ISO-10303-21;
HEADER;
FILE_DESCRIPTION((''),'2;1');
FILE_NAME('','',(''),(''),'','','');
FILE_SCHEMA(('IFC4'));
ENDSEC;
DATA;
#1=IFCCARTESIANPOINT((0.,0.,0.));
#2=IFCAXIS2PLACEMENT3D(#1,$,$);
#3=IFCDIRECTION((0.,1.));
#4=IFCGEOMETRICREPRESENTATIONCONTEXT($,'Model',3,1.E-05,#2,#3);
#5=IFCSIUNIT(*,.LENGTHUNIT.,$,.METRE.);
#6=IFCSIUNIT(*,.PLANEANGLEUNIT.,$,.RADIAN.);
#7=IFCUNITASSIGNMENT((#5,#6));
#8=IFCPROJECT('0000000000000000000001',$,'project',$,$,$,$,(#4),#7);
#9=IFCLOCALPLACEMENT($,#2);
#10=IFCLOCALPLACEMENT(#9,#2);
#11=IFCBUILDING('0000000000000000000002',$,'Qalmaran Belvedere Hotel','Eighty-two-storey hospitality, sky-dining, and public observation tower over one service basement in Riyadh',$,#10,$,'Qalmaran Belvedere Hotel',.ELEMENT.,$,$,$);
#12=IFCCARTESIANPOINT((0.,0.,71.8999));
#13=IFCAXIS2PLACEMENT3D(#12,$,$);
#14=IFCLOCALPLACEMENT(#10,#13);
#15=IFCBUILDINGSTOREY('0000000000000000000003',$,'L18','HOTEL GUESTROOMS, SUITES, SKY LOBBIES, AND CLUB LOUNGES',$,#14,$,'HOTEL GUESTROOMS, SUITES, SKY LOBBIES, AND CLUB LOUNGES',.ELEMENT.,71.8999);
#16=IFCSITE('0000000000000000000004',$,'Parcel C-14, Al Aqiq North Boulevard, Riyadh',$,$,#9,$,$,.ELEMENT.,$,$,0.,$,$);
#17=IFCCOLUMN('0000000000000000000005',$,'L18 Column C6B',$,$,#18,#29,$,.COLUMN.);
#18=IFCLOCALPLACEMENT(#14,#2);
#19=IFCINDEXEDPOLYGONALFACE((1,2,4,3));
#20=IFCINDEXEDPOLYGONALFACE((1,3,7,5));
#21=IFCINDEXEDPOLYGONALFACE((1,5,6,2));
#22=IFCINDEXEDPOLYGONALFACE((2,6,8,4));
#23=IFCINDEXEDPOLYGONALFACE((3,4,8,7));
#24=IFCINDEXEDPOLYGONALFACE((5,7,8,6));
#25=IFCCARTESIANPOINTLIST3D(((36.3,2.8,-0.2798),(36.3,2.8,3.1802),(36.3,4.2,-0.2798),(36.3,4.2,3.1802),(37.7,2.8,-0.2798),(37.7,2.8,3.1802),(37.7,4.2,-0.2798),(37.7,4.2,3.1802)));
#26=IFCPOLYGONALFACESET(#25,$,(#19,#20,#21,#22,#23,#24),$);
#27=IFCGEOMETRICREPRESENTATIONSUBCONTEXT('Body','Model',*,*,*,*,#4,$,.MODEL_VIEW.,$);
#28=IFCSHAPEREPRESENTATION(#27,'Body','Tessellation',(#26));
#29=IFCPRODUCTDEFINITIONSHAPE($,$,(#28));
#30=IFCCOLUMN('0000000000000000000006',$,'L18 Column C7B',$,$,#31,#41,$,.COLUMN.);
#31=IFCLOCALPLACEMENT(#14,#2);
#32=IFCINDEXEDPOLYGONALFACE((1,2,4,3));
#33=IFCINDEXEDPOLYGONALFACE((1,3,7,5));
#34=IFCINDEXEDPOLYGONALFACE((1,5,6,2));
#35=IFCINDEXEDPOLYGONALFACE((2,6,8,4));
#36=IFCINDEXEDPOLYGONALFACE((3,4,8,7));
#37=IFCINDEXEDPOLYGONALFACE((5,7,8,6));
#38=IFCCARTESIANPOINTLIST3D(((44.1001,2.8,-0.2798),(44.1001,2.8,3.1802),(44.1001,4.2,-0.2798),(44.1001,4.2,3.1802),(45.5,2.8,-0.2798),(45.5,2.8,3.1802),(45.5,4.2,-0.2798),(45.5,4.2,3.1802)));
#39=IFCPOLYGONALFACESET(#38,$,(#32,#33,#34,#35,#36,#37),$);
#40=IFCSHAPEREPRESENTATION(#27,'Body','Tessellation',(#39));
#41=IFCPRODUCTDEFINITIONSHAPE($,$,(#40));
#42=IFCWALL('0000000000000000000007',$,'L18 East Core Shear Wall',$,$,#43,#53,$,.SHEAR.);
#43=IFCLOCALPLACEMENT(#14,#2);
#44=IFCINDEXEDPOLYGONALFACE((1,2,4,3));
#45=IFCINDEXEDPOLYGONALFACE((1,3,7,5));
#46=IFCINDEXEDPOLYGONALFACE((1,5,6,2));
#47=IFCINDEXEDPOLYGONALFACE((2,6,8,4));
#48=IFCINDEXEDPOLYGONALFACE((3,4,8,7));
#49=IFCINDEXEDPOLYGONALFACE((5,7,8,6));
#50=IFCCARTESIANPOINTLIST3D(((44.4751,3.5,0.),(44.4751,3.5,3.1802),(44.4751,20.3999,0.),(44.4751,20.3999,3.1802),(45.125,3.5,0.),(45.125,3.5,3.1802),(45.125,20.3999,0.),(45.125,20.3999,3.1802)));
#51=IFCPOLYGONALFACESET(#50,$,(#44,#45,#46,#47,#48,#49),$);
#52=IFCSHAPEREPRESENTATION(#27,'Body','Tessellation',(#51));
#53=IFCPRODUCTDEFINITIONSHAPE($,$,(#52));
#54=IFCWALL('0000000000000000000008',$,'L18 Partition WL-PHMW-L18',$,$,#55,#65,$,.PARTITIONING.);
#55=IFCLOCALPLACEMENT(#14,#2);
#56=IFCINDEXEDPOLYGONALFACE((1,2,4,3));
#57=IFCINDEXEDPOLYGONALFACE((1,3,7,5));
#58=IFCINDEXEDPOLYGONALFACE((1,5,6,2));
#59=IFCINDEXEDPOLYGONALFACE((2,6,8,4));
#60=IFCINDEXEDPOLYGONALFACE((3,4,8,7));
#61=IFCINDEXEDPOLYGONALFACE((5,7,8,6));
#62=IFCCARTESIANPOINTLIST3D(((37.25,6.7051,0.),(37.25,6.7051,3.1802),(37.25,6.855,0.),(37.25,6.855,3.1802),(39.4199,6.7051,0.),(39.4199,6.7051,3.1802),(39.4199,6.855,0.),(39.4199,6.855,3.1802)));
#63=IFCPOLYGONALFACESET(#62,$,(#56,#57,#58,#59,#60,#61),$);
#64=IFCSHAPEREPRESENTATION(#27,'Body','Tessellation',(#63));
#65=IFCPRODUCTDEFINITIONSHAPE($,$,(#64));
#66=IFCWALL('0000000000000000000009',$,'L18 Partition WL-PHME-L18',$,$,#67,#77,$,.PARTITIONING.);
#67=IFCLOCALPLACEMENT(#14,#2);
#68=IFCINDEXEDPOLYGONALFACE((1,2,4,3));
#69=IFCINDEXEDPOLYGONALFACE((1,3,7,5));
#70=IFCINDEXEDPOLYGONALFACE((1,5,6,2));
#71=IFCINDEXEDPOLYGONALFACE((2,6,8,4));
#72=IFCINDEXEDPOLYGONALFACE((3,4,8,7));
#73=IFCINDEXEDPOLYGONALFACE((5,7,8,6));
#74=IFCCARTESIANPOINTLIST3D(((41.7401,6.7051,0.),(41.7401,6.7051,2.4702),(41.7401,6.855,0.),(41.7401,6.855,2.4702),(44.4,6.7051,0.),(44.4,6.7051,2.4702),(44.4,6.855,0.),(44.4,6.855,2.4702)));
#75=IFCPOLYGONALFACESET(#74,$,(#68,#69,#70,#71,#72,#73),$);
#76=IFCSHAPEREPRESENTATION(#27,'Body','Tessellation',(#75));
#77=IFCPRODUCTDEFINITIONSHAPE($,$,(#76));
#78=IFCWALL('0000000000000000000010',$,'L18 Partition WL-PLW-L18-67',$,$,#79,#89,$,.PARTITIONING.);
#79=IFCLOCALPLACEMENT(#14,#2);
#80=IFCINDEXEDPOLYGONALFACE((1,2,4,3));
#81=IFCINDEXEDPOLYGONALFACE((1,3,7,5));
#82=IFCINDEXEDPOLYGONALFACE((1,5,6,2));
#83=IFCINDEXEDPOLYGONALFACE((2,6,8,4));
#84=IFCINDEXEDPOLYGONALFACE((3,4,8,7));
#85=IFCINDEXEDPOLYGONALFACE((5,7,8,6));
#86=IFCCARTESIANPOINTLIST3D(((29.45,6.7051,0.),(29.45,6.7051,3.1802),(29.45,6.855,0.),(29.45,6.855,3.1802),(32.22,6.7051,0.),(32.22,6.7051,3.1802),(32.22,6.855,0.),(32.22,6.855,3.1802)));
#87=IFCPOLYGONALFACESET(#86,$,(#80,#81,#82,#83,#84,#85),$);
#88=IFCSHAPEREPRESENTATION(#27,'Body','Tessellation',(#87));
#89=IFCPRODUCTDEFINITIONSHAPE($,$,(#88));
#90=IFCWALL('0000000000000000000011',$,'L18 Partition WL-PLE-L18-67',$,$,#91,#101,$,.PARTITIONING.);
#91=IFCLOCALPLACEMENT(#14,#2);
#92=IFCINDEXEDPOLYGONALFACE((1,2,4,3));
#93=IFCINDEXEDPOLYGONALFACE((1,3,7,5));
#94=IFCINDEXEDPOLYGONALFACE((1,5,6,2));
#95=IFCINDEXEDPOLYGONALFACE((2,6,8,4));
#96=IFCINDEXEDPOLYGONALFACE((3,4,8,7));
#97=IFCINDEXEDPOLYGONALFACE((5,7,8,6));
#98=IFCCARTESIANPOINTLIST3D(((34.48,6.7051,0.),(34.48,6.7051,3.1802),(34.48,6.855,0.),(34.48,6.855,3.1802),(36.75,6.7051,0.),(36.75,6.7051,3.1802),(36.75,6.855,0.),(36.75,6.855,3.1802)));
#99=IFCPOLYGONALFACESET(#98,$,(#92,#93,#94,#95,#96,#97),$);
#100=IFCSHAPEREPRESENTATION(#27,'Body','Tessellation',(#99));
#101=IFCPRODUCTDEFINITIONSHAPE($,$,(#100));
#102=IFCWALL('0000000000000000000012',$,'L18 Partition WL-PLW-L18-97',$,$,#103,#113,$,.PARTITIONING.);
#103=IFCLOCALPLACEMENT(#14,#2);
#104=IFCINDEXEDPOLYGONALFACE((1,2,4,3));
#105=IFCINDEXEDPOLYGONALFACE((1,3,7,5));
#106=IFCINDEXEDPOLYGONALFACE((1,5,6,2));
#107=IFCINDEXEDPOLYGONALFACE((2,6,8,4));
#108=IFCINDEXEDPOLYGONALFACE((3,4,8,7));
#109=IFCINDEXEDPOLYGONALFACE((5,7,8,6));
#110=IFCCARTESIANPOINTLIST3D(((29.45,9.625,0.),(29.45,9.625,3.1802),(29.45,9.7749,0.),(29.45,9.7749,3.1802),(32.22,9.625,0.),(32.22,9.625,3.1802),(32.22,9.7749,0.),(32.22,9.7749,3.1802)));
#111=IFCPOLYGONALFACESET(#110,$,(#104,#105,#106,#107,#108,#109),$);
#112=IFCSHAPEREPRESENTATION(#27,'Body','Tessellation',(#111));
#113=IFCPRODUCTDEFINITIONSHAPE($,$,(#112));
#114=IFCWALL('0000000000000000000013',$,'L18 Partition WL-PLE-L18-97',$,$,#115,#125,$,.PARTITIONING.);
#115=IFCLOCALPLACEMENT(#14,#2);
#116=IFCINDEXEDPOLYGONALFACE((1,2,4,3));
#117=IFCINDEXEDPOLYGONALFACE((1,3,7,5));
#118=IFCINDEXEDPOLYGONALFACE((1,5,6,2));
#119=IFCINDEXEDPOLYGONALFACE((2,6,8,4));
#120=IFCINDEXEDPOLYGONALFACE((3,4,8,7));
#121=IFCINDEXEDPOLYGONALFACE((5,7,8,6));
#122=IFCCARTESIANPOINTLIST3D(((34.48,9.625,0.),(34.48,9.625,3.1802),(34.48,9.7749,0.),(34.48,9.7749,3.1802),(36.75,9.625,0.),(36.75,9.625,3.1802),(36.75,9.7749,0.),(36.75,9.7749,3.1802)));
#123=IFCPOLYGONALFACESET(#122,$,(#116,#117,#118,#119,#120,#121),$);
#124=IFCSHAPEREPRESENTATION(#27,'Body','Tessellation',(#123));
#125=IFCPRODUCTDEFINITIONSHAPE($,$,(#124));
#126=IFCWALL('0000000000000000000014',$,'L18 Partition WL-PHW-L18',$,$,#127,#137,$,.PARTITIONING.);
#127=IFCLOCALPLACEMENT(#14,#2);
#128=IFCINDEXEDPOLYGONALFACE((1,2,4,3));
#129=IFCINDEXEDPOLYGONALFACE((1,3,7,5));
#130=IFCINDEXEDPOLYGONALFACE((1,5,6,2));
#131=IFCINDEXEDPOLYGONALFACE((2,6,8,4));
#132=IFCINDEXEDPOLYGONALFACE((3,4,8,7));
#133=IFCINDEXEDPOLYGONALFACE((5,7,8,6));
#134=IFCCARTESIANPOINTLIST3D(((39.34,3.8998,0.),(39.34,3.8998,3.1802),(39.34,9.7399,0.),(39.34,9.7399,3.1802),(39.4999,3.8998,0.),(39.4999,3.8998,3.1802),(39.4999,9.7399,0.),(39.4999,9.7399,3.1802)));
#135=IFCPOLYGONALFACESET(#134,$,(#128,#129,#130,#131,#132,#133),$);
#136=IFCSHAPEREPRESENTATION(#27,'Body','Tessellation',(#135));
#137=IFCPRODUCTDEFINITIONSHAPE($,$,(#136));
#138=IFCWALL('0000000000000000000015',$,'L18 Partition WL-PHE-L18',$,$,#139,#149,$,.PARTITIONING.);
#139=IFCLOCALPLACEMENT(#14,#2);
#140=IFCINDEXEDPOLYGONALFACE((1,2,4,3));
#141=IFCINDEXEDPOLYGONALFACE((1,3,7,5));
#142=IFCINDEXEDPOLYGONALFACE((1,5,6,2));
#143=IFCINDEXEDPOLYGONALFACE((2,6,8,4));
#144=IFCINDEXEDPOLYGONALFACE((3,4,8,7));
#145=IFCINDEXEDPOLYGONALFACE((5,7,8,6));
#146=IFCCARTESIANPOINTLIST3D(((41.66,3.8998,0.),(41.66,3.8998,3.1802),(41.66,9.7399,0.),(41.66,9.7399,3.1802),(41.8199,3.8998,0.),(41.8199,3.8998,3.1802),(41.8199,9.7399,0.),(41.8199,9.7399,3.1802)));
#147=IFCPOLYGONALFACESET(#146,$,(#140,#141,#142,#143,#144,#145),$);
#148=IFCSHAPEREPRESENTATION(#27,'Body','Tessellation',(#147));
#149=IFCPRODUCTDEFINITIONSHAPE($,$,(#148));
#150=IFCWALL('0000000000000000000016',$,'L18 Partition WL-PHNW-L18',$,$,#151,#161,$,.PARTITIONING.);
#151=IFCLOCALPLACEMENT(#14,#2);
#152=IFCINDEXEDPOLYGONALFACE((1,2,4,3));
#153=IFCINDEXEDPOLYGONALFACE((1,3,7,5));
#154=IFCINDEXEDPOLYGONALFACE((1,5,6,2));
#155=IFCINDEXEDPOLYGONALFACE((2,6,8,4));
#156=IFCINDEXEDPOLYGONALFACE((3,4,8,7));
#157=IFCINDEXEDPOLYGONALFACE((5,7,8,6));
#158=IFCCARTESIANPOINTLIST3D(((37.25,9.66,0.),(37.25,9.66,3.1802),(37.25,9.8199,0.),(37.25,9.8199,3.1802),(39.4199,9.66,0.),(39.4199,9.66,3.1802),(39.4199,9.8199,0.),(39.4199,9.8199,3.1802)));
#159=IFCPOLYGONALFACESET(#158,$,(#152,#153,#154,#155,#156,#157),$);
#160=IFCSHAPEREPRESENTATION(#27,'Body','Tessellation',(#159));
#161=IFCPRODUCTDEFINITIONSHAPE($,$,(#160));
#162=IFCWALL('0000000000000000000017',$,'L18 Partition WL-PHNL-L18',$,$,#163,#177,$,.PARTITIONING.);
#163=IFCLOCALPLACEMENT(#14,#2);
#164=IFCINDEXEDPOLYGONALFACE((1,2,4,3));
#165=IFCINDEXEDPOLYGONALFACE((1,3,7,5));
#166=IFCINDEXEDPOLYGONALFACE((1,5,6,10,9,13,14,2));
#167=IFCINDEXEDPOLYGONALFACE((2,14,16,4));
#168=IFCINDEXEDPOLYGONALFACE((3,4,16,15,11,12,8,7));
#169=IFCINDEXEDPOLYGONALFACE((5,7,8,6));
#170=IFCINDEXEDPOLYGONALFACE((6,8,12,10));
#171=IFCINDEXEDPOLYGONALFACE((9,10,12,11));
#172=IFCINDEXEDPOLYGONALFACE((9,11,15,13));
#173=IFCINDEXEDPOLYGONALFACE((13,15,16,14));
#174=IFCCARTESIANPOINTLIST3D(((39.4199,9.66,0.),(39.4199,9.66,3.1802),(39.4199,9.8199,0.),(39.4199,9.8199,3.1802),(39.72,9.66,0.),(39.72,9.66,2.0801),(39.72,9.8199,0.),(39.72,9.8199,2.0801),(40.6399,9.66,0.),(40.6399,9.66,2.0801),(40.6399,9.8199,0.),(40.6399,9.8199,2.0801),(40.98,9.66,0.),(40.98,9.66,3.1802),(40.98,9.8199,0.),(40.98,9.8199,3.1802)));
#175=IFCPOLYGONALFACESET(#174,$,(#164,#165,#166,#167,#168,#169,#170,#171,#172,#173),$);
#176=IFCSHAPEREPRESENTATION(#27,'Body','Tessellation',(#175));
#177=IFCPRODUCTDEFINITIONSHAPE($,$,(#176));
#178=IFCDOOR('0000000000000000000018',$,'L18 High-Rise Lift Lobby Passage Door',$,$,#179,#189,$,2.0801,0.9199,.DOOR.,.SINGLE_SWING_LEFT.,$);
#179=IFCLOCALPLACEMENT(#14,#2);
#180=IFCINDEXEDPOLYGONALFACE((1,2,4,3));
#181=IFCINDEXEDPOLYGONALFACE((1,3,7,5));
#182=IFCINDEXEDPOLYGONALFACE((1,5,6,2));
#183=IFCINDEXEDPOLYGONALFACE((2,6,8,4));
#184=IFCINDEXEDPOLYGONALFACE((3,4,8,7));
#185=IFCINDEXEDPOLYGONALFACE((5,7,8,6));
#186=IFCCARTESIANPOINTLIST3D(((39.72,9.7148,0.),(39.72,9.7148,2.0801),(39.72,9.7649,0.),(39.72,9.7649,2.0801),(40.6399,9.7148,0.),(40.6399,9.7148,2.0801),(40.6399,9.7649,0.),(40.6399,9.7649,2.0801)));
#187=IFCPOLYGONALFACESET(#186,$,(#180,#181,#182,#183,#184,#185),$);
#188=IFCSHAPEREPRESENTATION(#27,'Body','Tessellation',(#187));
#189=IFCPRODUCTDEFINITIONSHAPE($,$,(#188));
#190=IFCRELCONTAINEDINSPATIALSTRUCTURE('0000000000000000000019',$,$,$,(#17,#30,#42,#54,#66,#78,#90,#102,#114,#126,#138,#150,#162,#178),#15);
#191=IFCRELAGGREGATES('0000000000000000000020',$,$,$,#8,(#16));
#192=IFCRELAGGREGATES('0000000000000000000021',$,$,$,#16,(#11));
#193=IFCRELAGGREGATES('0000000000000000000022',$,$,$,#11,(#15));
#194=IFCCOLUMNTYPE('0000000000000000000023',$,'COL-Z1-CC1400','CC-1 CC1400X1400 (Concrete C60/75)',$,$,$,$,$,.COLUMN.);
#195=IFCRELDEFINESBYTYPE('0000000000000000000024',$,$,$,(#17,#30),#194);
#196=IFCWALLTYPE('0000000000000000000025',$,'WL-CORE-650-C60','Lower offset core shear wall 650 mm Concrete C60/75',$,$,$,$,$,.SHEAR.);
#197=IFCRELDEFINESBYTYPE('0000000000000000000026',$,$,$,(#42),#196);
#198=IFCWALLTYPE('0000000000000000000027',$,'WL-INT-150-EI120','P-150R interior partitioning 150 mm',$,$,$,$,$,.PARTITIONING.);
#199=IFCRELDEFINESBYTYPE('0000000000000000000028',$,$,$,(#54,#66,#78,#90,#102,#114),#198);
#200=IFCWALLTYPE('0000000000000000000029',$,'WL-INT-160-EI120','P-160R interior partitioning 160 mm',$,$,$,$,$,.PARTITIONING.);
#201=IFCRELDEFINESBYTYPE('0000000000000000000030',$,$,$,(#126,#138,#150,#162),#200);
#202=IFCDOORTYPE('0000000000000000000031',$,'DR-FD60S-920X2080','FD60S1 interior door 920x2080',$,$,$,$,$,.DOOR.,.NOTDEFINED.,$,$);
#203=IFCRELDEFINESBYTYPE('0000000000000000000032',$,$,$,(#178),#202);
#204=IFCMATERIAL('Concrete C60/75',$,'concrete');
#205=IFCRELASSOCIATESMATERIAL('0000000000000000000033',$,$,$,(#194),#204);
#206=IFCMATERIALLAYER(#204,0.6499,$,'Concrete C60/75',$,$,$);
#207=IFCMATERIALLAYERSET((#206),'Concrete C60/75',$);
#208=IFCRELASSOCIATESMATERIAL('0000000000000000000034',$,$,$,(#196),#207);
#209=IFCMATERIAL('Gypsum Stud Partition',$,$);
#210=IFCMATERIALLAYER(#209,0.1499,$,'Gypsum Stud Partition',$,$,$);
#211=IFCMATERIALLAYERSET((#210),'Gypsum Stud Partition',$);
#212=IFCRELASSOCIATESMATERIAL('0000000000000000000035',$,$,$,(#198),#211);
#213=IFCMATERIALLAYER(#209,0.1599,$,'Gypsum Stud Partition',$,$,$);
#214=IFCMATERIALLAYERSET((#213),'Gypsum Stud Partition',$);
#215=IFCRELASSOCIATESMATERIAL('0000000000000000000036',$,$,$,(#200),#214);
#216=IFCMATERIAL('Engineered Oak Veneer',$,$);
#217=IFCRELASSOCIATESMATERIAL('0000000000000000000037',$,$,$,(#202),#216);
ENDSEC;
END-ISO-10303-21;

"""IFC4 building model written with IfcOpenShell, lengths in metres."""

from ifc_helpers import new_model, si_unit, direction, frame, frame_2d, origin, origin_2d, place, context, subcontext, project, spatial, rectangle, extrude, material, layer, layer_set, material_profile, profile_set, type_object, element, fill, save


model = new_model("IFC4")

# Units and contexts
model_context = context("Model", 3, precision=1e-05, world=origin(), true_north=direction((0.0, 1.0)))
body_context = subcontext(model_context, "Body", "Model", "MODEL_VIEW")
ifc_project = project(units=[si_unit("LENGTHUNIT", "METRE"), si_unit("PLANEANGLEUNIT", "RADIAN")], contexts=[model_context])

# Site, building, storey
site_placement = place(None, origin())
site = spatial("IfcSite", under=ifc_project, at=site_placement, Name="Parcel C-14, Al Aqiq North Boulevard, Riyadh", CompositionType="ELEMENT", RefElevation=0.0)
building_placement = place(site_placement, origin())
building = spatial("IfcBuilding", under=site, at=building_placement, Name="Qalmaran Belvedere Hotel", Description="Eighty-two-storey hospitality, sky-dining, and public observation tower over one service basement in Riyadh", LongName="Qalmaran Belvedere Hotel", CompositionType="ELEMENT")
storey_placement = place(building_placement, frame((0.0, 0.0, 71.8999)))
storey = spatial("IfcBuildingStorey", under=building, at=storey_placement, Name="L18", Description="HOTEL GUESTROOMS, SUITES, SKY LOBBIES, AND CLUB LOUNGES", LongName="HOTEL GUESTROOMS, SUITES, SKY LOBBIES, AND CLUB LOUNGES", CompositionType="ELEMENT", Elevation=71.8999)

# Columns
ifc_material_1 = material(Name="Concrete C60/75", Category="concrete")
ifc_material_profile = material_profile(ifc_material_1, rectangle(XDim=1.3999, YDim=1.3999, at=origin_2d()), Name="CC1400X1400")
ifc_profile_set = profile_set([ifc_material_profile], Name="Concrete C60/75")
column_type = type_object("IfcColumnType", Name="COL-Z1-CC1400", Description="CC-1 CC1400X1400 (Concrete C60/75)", PredefinedType="COLUMN", material=ifc_profile_set)
for number, where, z_axis, x_axis, name in (
    (1, (37.0, 3.5, -0.2798), (0.0, 0.0, 1.0), (1.0, 0.0, 0.0), "L18 Column C6B"),
    (2, (44.8, 3.5, -0.2798), (0.0, 0.0, 1.0), (1.0, 0.0, 0.0), "L18 Column C7B"),
):
    element("IfcColumn", number, at=place(storey_placement, frame(where, z_axis=z_axis, x_axis=x_axis)), inside=storey, type_object=column_type, Name=name, PredefinedType="COLUMN", context=body_context, shape_type="SweptSolid", body=[
        extrude(rectangle(XDim=1.3999, YDim=1.3999, at=origin_2d()), origin(), (0.0, 0.0, 1.0), 3.46),
    ])

# Wall
ifc_layer_1 = layer(ifc_material_1, 0.6499, Name="Concrete C60/75")
ifc_layer_set_1 = layer_set([ifc_layer_1], Name="Concrete C60/75")
wall_type_1 = type_object("IfcWallType", Name="WL-CORE-650-C60", Description="Lower offset core shear wall 650 mm Concrete C60/75", PredefinedType="SHEAR", material=ifc_layer_set_1)
wall_1_placement = place(storey_placement, frame((44.8, 3.5, 0.0), z_axis=(0.0, 0.0, 1.0), x_axis=(0.0, 1.0, 0.0)))
element("IfcWall", 3, at=wall_1_placement, inside=storey, type_object=wall_type_1, Name="L18 East Core Shear Wall", PredefinedType="SHEAR", context=body_context, shape_type="SweptSolid", body=[
    extrude(rectangle(XDim=16.8999, YDim=0.6499, at=frame_2d((8.45, 0.0))), origin(), (0.0, 0.0, 1.0), 3.1802),
])

# Walls
ifc_material_2 = material(Name="Gypsum Stud Partition")
ifc_layer_2 = layer(ifc_material_2, 0.1499, Name="Gypsum Stud Partition")
ifc_layer_set_2 = layer_set([ifc_layer_2], Name="Gypsum Stud Partition")
wall_type_2 = type_object("IfcWallType", Name="WL-INT-150-EI120", Description="P-150R interior partitioning 150 mm", PredefinedType="PARTITIONING", material=ifc_layer_set_2)
wall_2_placement = place(storey_placement, frame((37.25, 6.78, 0.0), z_axis=(0.0, 0.0, 1.0), x_axis=(1.0, 0.0, 0.0)))
element("IfcWall", 4, at=wall_2_placement, inside=storey, type_object=wall_type_2, Name="L18 Partition WL-PHMW-L18", PredefinedType="PARTITIONING", context=body_context, shape_type="SweptSolid", body=[
    extrude(rectangle(XDim=2.1699, YDim=0.1499, at=frame_2d((1.085, 0.0))), origin(), (0.0, 0.0, 1.0), 3.1802),
])
wall_3_placement = place(storey_placement, frame((41.74, 6.78, 0.0), z_axis=(0.0, 0.0, 1.0), x_axis=(1.0, 0.0, 0.0)))
element("IfcWall", 5, at=wall_3_placement, inside=storey, type_object=wall_type_2, Name="L18 Partition WL-PHME-L18", PredefinedType="PARTITIONING", context=body_context, shape_type="SweptSolid", body=[
    extrude(rectangle(XDim=2.6599, YDim=0.1499, at=frame_2d((1.3301, 0.0))), origin(), (0.0, 0.0, 1.0), 2.4702),
])
wall_4_placement = place(storey_placement, frame((29.45, 6.78, 0.0), z_axis=(0.0, 0.0, 1.0), x_axis=(1.0, 0.0, 0.0)))
element("IfcWall", 6, at=wall_4_placement, inside=storey, type_object=wall_type_2, Name="L18 Partition WL-PLW-L18-67", PredefinedType="PARTITIONING", context=body_context, shape_type="SweptSolid", body=[
    extrude(rectangle(XDim=2.77, YDim=0.1499, at=frame_2d((1.385, 0.0))), origin(), (0.0, 0.0, 1.0), 3.1802),
])
wall_5_placement = place(storey_placement, frame((34.48, 6.78, 0.0), z_axis=(0.0, 0.0, 1.0), x_axis=(1.0, 0.0, 0.0)))
element("IfcWall", 7, at=wall_5_placement, inside=storey, type_object=wall_type_2, Name="L18 Partition WL-PLE-L18-67", PredefinedType="PARTITIONING", context=body_context, shape_type="SweptSolid", body=[
    extrude(rectangle(XDim=2.27, YDim=0.1499, at=frame_2d((1.135, 0.0))), origin(), (0.0, 0.0, 1.0), 3.1802),
])
wall_6_placement = place(storey_placement, frame((29.45, 9.7, 0.0), z_axis=(0.0, 0.0, 1.0), x_axis=(1.0, 0.0, 0.0)))
element("IfcWall", 8, at=wall_6_placement, inside=storey, type_object=wall_type_2, Name="L18 Partition WL-PLW-L18-97", PredefinedType="PARTITIONING", context=body_context, shape_type="SweptSolid", body=[
    extrude(rectangle(XDim=2.77, YDim=0.1499, at=frame_2d((1.385, 0.0))), origin(), (0.0, 0.0, 1.0), 3.1802),
])
wall_7_placement = place(storey_placement, frame((34.48, 9.7, 0.0), z_axis=(0.0, 0.0, 1.0), x_axis=(1.0, 0.0, 0.0)))
element("IfcWall", 9, at=wall_7_placement, inside=storey, type_object=wall_type_2, Name="L18 Partition WL-PLE-L18-97", PredefinedType="PARTITIONING", context=body_context, shape_type="SweptSolid", body=[
    extrude(rectangle(XDim=2.27, YDim=0.1499, at=frame_2d((1.135, 0.0))), origin(), (0.0, 0.0, 1.0), 3.1802),
])
ifc_layer_3 = layer(ifc_material_2, 0.1599, Name="Gypsum Stud Partition")
ifc_layer_set_3 = layer_set([ifc_layer_3], Name="Gypsum Stud Partition")
wall_type_3 = type_object("IfcWallType", Name="WL-INT-160-EI120", Description="P-160R interior partitioning 160 mm", PredefinedType="PARTITIONING", material=ifc_layer_set_3)
for number, where, z_axis, x_axis, name in (
    (10, (39.4199, 3.8999, 0.0), (0.0, 0.0, 1.0), (0.0, 1.0, 0.0), "L18 Partition WL-PHW-L18"),
    (11, (41.74, 3.8999, 0.0), (0.0, 0.0, 1.0), (0.0, 1.0, 0.0), "L18 Partition WL-PHE-L18"),
):
    element("IfcWall", number, at=place(storey_placement, frame(where, z_axis=z_axis, x_axis=x_axis)), inside=storey, type_object=wall_type_3, Name=name, PredefinedType="PARTITIONING", context=body_context, shape_type="SweptSolid", body=[
        extrude(rectangle(XDim=5.8401, YDim=0.1599, at=frame_2d((2.9199, 0.0))), origin(), (0.0, 0.0, 1.0), 3.1802),
    ])
wall_8_placement = place(storey_placement, frame((37.25, 9.74, 0.0), z_axis=(0.0, 0.0, 1.0), x_axis=(1.0, 0.0, 0.0)))
element("IfcWall", 12, at=wall_8_placement, inside=storey, type_object=wall_type_3, Name="L18 Partition WL-PHNW-L18", PredefinedType="PARTITIONING", context=body_context, shape_type="SweptSolid", body=[
    extrude(rectangle(XDim=2.1699, YDim=0.1599, at=frame_2d((1.085, 0.0))), origin(), (0.0, 0.0, 1.0), 3.1802),
])

# Wall, opening, door
wall_9_placement = place(storey_placement, frame((39.4199, 9.74, 0.0), z_axis=(0.0, 0.0, 1.0), x_axis=(1.0, 0.0, 0.0)))
wall_9 = element("IfcWall", 13, at=wall_9_placement, inside=storey, type_object=wall_type_3, Name="L18 Partition WL-PHNL-L18", PredefinedType="PARTITIONING", context=body_context, shape_type="SweptSolid", body=[
    extrude(rectangle(XDim=1.5601, YDim=0.1599, at=frame_2d((0.78, 0.0))), origin(), (0.0, 0.0, 1.0), 3.1802),
])
opening_1_placement = place(wall_9_placement, frame((0.3, 0.0, 0.0)))
opening_1 = element("IfcOpeningElement", 14, at=opening_1_placement, cuts=wall_9, PredefinedType="OPENING", context=body_context, shape_type="SweptSolid", body=[
    extrude(rectangle(XDim=0.9199, YDim=2.0801, at=frame_2d((0.46, 1.04))), frame((0.0, 0.0898, 0.0), z_axis=(0.0, -1.0, 0.0), x_axis=(1.0, 0.0, 0.0)), (0.0, 0.0, 1.0), 0.1799),
])
ifc_material_3 = material(Name="Engineered Oak Veneer")
door_type_1 = type_object("IfcDoorType", Name="DR-FD60S-920X2080", Description="FD60S1 interior door 920x2080", OperationType="NOTDEFINED", PredefinedType="DOOR", material=ifc_material_3)
door_1_placement = place(opening_1_placement, origin())
door_1 = element("IfcDoor", 15, at=door_1_placement, inside=storey, type_object=door_type_1, Name="L18 High-Rise Lift Lobby Passage Door", OperationType="SINGLE_SWING_LEFT", OverallHeight=2.0801, OverallWidth=0.9199, PredefinedType="DOOR", context=body_context, shape_type="SweptSolid", body=[
    extrude(rectangle(XDim=0.9199, YDim=2.0801, at=frame_2d((0.46, 1.04))), frame((0.0, 0.0249, 0.0), z_axis=(0.0, -1.0, 0.0), x_axis=(1.0, 0.0, 0.0)), (0.0, 0.0, 1.0), 0.05),
])
fill(opening_1, door_1)

save(model, "model.ifc")
